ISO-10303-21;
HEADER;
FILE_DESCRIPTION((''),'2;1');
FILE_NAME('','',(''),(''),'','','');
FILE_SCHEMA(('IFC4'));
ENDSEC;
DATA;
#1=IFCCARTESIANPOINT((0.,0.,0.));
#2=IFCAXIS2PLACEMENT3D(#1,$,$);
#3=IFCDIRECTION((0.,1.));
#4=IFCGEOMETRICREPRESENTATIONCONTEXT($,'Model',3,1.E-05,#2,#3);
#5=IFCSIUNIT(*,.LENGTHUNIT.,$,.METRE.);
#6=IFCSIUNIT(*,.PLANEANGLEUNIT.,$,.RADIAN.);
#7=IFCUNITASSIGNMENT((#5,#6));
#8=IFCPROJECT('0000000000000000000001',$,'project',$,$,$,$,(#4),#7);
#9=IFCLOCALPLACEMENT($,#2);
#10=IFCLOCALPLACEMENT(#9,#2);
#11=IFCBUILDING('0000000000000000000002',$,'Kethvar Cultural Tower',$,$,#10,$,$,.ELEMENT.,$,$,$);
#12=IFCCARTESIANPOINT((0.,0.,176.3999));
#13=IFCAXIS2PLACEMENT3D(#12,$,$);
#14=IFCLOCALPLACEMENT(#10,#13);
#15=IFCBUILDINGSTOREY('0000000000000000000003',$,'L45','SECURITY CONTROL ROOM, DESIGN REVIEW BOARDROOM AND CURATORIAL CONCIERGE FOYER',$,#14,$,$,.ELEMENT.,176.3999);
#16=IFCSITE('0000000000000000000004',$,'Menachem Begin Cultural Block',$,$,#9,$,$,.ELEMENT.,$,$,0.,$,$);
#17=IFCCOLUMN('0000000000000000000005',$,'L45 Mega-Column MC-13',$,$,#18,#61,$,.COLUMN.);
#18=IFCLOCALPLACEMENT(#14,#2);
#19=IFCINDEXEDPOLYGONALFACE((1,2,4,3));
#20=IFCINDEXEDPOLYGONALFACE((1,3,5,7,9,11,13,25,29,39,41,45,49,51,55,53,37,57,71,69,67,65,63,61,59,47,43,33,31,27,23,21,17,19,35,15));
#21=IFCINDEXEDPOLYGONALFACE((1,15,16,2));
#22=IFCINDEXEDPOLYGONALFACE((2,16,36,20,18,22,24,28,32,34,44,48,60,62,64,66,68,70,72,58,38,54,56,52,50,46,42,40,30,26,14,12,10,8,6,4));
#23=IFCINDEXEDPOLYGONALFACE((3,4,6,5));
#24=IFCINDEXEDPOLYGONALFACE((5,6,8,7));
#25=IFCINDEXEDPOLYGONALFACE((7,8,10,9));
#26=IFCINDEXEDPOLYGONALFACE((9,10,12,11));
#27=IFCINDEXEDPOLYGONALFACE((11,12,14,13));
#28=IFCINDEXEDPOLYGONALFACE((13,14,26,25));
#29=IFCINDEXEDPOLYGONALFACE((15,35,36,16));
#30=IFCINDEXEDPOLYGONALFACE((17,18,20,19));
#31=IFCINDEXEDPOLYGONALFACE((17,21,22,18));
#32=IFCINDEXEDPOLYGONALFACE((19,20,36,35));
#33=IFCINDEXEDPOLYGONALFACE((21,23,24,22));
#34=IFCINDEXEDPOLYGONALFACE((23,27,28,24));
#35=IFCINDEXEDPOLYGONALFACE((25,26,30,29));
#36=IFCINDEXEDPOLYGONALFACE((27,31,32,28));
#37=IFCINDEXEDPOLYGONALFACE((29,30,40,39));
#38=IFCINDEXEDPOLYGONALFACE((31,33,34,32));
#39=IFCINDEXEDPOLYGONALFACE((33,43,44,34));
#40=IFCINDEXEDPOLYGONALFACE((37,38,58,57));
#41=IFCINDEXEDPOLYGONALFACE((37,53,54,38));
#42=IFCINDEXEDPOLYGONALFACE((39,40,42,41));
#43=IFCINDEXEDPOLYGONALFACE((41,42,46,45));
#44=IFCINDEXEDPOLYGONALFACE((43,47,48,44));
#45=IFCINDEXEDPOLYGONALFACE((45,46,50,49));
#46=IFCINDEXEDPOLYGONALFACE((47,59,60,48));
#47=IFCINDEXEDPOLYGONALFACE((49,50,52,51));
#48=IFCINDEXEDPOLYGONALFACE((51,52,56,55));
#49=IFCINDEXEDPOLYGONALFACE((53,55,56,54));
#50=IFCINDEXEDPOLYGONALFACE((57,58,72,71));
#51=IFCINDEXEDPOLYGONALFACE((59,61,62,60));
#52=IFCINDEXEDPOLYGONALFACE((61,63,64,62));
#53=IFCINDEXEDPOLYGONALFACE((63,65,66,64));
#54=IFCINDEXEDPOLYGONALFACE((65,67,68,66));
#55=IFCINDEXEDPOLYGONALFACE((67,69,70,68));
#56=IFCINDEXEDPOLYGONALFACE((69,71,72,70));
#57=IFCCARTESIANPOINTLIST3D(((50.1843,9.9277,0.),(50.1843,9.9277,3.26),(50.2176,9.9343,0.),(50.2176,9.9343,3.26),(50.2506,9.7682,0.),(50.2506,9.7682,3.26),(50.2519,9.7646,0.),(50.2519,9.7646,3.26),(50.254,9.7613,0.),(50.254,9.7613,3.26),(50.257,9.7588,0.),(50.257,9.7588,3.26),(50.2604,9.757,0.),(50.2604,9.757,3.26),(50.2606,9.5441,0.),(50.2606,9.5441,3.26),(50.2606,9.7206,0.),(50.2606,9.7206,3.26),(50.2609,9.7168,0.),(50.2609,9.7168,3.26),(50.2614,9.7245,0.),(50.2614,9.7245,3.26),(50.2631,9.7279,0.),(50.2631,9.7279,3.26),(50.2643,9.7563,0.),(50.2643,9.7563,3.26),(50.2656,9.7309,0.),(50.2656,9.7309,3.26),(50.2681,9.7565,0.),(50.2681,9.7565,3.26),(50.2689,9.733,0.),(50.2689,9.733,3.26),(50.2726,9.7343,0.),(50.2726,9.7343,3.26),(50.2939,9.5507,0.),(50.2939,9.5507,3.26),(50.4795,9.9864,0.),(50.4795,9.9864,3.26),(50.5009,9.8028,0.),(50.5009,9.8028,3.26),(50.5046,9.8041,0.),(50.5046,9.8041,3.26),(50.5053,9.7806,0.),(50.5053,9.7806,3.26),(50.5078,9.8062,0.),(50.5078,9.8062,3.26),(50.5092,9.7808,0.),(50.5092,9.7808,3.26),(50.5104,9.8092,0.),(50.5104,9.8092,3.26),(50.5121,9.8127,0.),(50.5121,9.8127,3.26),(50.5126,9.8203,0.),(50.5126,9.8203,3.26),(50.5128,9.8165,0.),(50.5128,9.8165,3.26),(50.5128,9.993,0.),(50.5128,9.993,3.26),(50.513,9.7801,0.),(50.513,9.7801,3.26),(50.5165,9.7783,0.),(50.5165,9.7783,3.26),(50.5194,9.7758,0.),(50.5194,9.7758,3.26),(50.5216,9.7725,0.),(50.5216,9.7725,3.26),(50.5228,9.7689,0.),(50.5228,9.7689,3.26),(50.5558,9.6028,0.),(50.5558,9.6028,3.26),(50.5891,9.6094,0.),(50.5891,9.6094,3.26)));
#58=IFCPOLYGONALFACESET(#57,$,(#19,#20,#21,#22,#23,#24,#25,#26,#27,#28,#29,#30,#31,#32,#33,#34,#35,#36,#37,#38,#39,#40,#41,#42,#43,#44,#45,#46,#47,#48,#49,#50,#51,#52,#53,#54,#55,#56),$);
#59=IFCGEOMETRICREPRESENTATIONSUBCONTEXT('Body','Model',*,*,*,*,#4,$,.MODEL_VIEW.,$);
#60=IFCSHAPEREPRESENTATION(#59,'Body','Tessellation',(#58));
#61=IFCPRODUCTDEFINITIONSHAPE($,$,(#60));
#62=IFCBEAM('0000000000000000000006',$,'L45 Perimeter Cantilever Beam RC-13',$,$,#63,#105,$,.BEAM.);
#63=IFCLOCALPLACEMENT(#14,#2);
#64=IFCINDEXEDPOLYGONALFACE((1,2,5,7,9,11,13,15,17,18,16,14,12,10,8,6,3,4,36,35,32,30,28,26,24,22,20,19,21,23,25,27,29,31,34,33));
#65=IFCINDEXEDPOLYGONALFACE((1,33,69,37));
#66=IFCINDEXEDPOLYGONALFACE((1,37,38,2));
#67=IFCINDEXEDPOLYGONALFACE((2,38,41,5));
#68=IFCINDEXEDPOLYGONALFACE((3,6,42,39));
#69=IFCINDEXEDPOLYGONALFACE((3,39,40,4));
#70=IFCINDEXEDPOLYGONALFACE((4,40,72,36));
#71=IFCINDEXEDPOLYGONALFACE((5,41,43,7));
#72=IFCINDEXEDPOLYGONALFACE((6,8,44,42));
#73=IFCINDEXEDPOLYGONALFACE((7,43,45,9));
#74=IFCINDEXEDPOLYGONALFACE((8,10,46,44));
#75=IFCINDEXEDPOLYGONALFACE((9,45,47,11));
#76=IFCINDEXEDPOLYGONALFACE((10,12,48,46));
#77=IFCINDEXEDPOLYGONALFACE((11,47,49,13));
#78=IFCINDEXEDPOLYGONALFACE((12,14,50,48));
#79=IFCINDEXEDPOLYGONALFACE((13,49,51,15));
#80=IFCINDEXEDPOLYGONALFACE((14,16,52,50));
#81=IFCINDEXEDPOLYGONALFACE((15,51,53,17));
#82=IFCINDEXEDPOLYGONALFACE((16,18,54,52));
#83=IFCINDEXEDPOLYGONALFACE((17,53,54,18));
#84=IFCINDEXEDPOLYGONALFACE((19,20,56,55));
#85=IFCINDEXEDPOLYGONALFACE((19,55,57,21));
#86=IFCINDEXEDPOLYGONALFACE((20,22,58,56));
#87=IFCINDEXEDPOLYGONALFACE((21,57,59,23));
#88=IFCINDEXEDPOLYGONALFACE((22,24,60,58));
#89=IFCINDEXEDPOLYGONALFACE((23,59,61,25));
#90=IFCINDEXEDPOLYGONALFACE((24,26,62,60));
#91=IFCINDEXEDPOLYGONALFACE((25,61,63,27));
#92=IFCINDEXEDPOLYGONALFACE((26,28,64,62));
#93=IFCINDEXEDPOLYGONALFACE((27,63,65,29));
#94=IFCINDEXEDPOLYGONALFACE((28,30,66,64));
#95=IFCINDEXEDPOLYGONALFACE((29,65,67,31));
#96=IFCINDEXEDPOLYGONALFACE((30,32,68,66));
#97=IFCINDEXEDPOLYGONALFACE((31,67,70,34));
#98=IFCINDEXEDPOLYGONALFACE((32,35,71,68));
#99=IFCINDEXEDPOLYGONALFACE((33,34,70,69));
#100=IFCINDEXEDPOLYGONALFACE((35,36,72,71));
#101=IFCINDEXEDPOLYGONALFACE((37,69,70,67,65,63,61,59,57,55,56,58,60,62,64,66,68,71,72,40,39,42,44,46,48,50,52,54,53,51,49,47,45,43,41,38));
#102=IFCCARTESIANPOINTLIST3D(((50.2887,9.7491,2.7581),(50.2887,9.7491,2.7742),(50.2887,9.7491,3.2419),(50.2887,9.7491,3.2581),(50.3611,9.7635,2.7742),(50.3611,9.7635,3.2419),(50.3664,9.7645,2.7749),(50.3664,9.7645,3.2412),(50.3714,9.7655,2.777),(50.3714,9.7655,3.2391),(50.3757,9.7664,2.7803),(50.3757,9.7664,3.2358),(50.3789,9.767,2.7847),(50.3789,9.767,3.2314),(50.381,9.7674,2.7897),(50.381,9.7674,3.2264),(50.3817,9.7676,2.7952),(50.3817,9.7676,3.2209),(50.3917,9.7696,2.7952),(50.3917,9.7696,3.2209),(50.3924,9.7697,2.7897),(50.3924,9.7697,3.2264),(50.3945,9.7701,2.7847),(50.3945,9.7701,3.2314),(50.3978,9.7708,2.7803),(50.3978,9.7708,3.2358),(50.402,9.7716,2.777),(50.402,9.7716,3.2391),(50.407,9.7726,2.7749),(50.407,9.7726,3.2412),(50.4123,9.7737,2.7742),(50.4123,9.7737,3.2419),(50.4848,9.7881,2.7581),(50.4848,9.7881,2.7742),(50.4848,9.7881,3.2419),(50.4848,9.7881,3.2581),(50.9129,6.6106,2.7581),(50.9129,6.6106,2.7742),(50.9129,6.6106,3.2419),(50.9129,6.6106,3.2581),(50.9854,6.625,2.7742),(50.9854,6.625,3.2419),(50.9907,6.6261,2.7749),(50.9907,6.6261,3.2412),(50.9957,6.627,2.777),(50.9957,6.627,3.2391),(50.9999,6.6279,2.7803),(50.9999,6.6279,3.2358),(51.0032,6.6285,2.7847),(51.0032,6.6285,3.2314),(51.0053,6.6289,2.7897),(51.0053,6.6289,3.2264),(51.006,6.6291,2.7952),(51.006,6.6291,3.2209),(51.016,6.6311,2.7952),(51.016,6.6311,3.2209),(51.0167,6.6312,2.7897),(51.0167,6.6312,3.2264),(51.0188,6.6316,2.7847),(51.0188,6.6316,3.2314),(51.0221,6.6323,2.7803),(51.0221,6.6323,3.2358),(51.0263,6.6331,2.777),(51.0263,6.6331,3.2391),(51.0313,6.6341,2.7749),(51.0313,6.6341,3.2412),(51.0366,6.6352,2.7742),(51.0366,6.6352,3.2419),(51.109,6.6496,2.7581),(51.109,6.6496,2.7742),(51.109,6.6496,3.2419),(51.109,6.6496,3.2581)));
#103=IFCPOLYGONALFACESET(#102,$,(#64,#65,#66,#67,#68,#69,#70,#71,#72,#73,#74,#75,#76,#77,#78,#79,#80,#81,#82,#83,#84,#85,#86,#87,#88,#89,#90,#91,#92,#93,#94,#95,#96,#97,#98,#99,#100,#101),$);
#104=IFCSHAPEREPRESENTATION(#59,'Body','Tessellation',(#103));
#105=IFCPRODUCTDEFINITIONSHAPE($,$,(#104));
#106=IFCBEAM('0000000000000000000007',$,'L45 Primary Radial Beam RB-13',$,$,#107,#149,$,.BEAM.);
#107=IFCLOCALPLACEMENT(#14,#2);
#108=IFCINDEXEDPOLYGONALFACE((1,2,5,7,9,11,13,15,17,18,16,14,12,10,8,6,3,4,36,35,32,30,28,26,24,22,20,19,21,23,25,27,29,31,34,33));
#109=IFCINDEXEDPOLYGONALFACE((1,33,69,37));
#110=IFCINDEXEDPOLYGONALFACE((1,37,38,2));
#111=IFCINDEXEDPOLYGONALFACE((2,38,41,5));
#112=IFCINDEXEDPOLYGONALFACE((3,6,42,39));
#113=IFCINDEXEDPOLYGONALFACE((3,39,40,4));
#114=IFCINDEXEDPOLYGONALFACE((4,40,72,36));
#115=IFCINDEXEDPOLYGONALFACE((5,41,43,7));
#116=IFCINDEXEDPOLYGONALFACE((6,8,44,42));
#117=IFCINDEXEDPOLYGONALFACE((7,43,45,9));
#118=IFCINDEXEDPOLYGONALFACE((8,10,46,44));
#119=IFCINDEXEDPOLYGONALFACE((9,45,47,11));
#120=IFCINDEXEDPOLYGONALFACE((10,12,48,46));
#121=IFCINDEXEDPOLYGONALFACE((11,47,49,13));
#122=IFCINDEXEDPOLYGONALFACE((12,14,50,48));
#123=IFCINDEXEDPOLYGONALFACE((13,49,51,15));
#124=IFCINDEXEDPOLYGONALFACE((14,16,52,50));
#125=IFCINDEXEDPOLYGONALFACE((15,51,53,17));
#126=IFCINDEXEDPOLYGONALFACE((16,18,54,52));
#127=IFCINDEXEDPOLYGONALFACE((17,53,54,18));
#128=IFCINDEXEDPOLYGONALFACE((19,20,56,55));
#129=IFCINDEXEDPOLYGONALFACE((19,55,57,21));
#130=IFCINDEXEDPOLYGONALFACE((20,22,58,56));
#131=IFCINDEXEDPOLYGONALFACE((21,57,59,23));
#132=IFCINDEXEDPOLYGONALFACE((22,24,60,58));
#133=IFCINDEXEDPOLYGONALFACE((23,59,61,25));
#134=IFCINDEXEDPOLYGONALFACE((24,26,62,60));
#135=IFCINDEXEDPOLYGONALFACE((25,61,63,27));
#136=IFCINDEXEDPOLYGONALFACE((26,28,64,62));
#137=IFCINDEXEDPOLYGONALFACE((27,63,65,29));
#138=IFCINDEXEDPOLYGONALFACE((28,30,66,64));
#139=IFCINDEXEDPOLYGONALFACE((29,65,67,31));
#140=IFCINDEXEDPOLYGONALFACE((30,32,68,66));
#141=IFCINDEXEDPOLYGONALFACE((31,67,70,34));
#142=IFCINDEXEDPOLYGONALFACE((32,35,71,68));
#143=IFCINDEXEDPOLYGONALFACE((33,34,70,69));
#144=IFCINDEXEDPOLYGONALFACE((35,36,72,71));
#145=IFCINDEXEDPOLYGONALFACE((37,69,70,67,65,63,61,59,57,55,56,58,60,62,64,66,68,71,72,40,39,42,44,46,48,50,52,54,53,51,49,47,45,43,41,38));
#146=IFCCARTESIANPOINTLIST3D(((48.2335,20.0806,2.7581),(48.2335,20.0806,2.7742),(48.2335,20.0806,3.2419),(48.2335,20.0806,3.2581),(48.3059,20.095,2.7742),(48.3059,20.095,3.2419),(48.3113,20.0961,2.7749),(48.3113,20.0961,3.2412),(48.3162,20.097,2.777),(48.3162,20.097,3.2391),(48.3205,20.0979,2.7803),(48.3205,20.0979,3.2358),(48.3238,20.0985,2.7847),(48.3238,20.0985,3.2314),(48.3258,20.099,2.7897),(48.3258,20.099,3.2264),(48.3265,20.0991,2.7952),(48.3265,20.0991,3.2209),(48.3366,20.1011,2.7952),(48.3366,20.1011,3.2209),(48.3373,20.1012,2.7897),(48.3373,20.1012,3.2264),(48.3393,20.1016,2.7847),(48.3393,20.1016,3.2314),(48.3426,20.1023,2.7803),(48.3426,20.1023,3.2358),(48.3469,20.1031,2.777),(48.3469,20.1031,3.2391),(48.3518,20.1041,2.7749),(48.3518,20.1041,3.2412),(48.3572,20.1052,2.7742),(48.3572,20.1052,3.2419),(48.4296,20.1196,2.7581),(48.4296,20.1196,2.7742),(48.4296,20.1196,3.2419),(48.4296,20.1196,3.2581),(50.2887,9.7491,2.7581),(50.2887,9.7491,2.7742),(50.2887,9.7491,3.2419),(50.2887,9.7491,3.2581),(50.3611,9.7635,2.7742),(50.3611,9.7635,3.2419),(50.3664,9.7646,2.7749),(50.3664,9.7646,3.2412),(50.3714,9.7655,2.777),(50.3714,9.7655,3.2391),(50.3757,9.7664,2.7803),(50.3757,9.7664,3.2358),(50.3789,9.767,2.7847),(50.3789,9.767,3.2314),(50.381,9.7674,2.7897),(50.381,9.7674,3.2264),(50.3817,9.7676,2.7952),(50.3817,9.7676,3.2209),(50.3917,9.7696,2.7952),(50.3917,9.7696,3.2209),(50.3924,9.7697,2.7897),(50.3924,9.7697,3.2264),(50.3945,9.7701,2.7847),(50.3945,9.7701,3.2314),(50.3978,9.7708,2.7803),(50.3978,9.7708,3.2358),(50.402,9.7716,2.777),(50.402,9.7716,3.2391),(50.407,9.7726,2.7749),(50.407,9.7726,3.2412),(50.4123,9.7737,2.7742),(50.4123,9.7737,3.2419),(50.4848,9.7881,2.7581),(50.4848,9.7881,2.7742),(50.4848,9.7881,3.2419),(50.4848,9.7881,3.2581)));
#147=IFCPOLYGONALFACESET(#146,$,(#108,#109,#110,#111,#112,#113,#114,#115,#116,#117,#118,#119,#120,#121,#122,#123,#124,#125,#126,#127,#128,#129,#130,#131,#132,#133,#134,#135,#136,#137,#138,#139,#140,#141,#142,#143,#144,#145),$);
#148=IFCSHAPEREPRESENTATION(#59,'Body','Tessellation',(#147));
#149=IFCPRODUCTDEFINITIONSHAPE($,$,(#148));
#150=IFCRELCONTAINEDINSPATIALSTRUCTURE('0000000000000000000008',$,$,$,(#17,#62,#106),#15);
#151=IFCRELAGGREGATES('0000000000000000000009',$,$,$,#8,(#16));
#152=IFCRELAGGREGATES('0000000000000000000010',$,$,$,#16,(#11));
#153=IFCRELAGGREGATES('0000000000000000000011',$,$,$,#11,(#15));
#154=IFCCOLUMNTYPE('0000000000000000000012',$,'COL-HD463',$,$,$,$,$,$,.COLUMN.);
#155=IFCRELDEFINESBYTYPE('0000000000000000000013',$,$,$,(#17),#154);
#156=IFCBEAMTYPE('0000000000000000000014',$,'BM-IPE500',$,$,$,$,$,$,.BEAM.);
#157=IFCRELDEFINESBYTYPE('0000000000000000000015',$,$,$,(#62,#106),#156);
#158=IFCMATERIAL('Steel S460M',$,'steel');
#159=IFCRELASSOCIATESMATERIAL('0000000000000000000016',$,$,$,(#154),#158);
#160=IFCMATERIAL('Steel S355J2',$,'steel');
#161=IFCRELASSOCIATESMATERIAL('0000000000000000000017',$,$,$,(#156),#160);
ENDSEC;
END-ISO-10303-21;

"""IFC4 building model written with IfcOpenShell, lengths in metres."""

from ifc_helpers import new_model, si_unit, direction, frame, origin, origin_2d, place, context, subcontext, project, spatial, i_section, extrude, source, transform, mapped, material, material_profile, profile_set, type_object, element, save


model = new_model("IFC4")

# Units and contexts
model_context = context("Model", 3, precision=1e-05, world=origin(), true_north=direction((0.0, 1.0)))
body_context = subcontext(model_context, "Body", "Model", "MODEL_VIEW")
ifc_project = project(units=[si_unit("LENGTHUNIT", "METRE"), si_unit("PLANEANGLEUNIT", "RADIAN")], contexts=[model_context])

# Site, building, storey
site_placement = place(None, origin())
site = spatial("IfcSite", under=ifc_project, at=site_placement, Name="Menachem Begin Cultural Block", CompositionType="ELEMENT", RefElevation=0.0)
building_placement = place(site_placement, origin())
building = spatial("IfcBuilding", under=site, at=building_placement, Name="Kethvar Cultural Tower", CompositionType="ELEMENT")
storey_placement = place(building_placement, frame((0.0, 0.0, 176.3999)))
storey = spatial("IfcBuildingStorey", under=building, at=storey_placement, Name="L45", Description="SECURITY CONTROL ROOM, DESIGN REVIEW BOARDROOM AND CURATORIAL CONCIERGE FOYER", CompositionType="ELEMENT", Elevation=176.3999)

# Column
ifc_material_1 = material(Name="Steel S460M", Category="steel")
ifc_material_profile_1 = material_profile(ifc_material_1, i_section(OverallWidth=0.3911, OverallDepth=0.335, WebThickness=0.0227, FlangeThickness=0.0339, FilletRadius=0.0149, at=origin_2d()), Name="Steel S460M — HD400x463")
ifc_profile_set_1 = profile_set([ifc_material_profile_1], Name="Steel S460M — HD400x463")
column_type = type_object("IfcColumnType", Name="COL-HD463", PredefinedType="COLUMN", material=ifc_profile_set_1)
shared_shape_1 = source(origin(), body_context, "Body", "SweptSolid", [
    extrude(i_section(OverallWidth=0.3911, OverallDepth=0.335, WebThickness=0.0227, FlangeThickness=0.0339, FilletRadius=0.0149, at=origin_2d()), origin(), (0.0, 0.0, 1.0), 3.26),
])
column_placement = place(storey_placement, frame((50.3867, 9.7686, 0.0), z_axis=(0.0, 0.0, 1.0), x_axis=(0.19509, -0.980785, 0.0)))
element("IfcColumn", 1, at=column_placement, inside=storey, type_object=column_type, Name="L45 Mega-Column MC-13", PredefinedType="COLUMN", context=body_context, shape_type="MappedRepresentation", body=[
    mapped(shared_shape_1, transform((0.0, 0.0, 0.0), scale=1.0)),
])

# Beams
ifc_material_2 = material(Name="Steel S355J2", Category="steel")
ifc_material_profile_2 = material_profile(ifc_material_2, i_section(OverallWidth=0.2, OverallDepth=0.5, WebThickness=0.0103, FlangeThickness=0.0161, FilletRadius=0.021, at=origin_2d()), Name="Steel S355J2 — IPE500")
ifc_profile_set_2 = profile_set([ifc_material_profile_2], Name="Steel S355J2 — IPE500")
beam_type_1 = type_object("IfcBeamType", Name="BM-IPE500", PredefinedType="BEAM", material=ifc_profile_set_2)
shared_shape_2 = source(origin(), body_context, "Body", "SweptSolid", [
    extrude(i_section(OverallWidth=0.2, OverallDepth=0.5, WebThickness=0.0103, FlangeThickness=0.0161, FilletRadius=0.021, at=origin_2d()), origin(), (0.0, 0.0, 1.0), 3.2),
])
beam_1_placement = place(storey_placement, frame((50.3867, 9.7686, 3.0081), z_axis=(0.195089, -0.980786, 0.0), x_axis=(0.980786, 0.195089, 0.0)))
element("IfcBeam", 2, at=beam_1_placement, inside=storey, type_object=beam_type_1, Name="L45 Perimeter Cantilever Beam RC-13", PredefinedType="BEAM", context=body_context, shape_type="MappedRepresentation", body=[
    mapped(shared_shape_2, transform((0.0, 0.0, 0.0), scale=1.0)),
])
shared_shape_3 = source(origin(), body_context, "Body", "SweptSolid", [
    extrude(i_section(OverallWidth=0.2, OverallDepth=0.5, WebThickness=0.0103, FlangeThickness=0.0161, FilletRadius=0.021, at=origin_2d()), origin(), (0.0, 0.0, 1.0), 10.5339),
])
beam_2_placement = place(storey_placement, frame((48.3315, 20.1001, 3.0081), z_axis=(0.1951, -0.980783, 0.0), x_axis=(0.980783, 0.1951, 0.0)))
element("IfcBeam", 3, at=beam_2_placement, inside=storey, type_object=beam_type_1, Name="L45 Primary Radial Beam RB-13", PredefinedType="BEAM", context=body_context, shape_type="MappedRepresentation", body=[
    mapped(shared_shape_3, transform((0.0, 0.0, 0.0), scale=1.0)),
])

save(model, "model.ifc")
